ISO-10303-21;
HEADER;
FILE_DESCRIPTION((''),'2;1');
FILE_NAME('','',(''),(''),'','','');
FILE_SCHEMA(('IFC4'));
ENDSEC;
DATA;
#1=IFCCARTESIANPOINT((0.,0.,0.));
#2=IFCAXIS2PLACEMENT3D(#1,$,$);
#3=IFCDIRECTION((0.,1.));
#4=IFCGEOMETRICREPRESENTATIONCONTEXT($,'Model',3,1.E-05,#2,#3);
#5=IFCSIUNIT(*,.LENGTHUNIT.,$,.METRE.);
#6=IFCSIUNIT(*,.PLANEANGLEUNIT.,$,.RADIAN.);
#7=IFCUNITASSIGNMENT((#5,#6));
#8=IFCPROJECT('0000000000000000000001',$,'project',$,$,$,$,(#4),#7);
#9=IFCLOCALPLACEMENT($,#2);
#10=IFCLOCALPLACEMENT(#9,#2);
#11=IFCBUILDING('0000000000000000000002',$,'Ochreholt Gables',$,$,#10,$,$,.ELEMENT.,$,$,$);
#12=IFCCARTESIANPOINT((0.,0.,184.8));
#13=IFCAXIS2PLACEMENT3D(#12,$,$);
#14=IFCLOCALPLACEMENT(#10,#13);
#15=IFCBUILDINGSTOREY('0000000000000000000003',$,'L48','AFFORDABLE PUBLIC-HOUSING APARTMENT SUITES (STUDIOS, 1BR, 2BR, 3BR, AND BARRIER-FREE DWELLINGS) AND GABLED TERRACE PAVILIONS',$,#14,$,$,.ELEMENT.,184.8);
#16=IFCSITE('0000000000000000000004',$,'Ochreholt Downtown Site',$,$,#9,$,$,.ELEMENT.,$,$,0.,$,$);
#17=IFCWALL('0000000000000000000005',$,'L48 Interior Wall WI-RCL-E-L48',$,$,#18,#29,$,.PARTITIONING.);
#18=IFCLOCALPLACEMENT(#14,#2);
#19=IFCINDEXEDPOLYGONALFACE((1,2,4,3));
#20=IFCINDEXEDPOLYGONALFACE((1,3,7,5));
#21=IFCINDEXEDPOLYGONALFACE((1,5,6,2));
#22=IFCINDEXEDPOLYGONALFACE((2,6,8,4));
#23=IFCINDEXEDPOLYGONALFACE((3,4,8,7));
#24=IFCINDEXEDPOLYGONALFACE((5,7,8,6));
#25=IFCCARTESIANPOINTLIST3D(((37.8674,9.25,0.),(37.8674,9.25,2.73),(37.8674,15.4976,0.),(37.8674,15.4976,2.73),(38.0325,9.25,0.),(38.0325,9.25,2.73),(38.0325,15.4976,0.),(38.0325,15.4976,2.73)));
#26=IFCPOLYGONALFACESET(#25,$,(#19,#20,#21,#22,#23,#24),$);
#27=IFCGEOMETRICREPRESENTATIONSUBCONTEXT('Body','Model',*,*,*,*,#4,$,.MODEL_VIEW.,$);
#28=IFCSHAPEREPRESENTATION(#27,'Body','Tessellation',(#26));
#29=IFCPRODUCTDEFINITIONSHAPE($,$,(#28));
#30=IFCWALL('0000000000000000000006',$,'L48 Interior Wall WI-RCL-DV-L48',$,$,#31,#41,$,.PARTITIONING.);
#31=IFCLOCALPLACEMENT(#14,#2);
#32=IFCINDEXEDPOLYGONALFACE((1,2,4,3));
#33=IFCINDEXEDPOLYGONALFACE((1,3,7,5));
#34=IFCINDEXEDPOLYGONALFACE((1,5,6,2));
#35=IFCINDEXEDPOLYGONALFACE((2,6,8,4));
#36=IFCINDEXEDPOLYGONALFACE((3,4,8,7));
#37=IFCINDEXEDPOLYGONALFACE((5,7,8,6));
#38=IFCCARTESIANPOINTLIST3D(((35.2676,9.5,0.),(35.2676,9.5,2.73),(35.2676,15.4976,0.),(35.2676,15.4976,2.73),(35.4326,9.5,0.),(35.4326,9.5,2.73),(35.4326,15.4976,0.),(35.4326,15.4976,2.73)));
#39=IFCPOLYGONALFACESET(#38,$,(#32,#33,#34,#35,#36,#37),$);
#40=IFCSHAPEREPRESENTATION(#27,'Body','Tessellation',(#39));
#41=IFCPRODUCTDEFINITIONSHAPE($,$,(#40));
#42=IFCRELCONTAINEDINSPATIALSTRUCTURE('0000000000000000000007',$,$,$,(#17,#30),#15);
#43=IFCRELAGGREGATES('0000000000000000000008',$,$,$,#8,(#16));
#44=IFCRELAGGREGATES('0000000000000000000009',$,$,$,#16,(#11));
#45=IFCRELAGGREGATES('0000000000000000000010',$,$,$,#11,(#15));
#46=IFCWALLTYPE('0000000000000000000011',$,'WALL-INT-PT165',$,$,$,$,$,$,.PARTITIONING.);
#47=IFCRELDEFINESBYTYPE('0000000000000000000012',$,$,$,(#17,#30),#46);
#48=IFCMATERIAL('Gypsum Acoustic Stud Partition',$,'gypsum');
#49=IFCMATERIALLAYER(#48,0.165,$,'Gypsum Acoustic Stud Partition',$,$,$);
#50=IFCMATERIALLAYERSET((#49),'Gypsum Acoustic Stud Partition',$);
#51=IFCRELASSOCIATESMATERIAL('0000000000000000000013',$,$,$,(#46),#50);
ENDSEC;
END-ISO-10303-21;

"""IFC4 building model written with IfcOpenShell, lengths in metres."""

from ifc_helpers import new_model, si_unit, direction, frame, frame_2d, origin, place, context, subcontext, project, spatial, rectangle, extrude, material, layer, layer_set, type_object, element, save


model = new_model("IFC4")

# Units and contexts
model_context = context("Model", 3, precision=1e-05, world=origin(), true_north=direction((0.0, 1.0)))
body_context = subcontext(model_context, "Body", "Model", "MODEL_VIEW")
ifc_project = project(units=[si_unit("LENGTHUNIT", "METRE"), si_unit("PLANEANGLEUNIT", "RADIAN")], contexts=[model_context])

# Site, building, storey
site_placement = place(None, origin())
site = spatial("IfcSite", under=ifc_project, at=site_placement, Name="Ochreholt Downtown Site", CompositionType="ELEMENT", RefElevation=0.0)
building_placement = place(site_placement, origin())
building = spatial("IfcBuilding", under=site, at=building_placement, Name="Ochreholt Gables", CompositionType="ELEMENT")
storey_placement = place(building_placement, frame((0.0, 0.0, 184.8)))
storey = spatial("IfcBuildingStorey", under=building, at=storey_placement, Name="L48", Description="AFFORDABLE PUBLIC-HOUSING APARTMENT SUITES (STUDIOS, 1BR, 2BR, 3BR, AND BARRIER-FREE DWELLINGS) AND GABLED TERRACE PAVILIONS", CompositionType="ELEMENT", Elevation=184.8)

# Walls
ifc_material_1 = material(Name="Gypsum Acoustic Stud Partition", Category="gypsum")
ifc_layer_1 = layer(ifc_material_1, 0.165, Name="Gypsum Acoustic Stud Partition")
ifc_layer_set_1 = layer_set([ifc_layer_1], Name="Gypsum Acoustic Stud Partition")
wall_type_1 = type_object("IfcWallType", Name="WALL-INT-PT165", PredefinedType="PARTITIONING", material=ifc_layer_set_1)
wall_1_placement = place(storey_placement, frame((37.95, 9.25, 0.0), z_axis=(0.0, 0.0, 1.0), x_axis=(0.0, 1.0, 0.0)))
element("IfcWall", 1, at=wall_1_placement, inside=storey, type_object=wall_type_1, Name="L48 Interior Wall WI-RCL-E-L48", PredefinedType="PARTITIONING", context=body_context, shape_type="SweptSolid", body=[
    extrude(rectangle(XDim=6.2476, YDim=0.165, at=frame_2d((3.1238, 0.0))), origin(), (0.0, 0.0, 1.0), 2.73),
])
wall_2_placement = place(storey_placement, frame((35.3501, 9.5, 0.0), z_axis=(0.0, 0.0, 1.0), x_axis=(0.0, 1.0, 0.0)))
element("IfcWall", 2, at=wall_2_placement, inside=storey, type_object=wall_type_1, Name="L48 Interior Wall WI-RCL-DV-L48", PredefinedType="PARTITIONING", context=body_context, shape_type="SweptSolid", body=[
    extrude(rectangle(XDim=5.9976, YDim=0.165, at=frame_2d((2.9988, 0.0))), origin(), (0.0, 0.0, 1.0), 2.73),
])

save(model, "model.ifc")
